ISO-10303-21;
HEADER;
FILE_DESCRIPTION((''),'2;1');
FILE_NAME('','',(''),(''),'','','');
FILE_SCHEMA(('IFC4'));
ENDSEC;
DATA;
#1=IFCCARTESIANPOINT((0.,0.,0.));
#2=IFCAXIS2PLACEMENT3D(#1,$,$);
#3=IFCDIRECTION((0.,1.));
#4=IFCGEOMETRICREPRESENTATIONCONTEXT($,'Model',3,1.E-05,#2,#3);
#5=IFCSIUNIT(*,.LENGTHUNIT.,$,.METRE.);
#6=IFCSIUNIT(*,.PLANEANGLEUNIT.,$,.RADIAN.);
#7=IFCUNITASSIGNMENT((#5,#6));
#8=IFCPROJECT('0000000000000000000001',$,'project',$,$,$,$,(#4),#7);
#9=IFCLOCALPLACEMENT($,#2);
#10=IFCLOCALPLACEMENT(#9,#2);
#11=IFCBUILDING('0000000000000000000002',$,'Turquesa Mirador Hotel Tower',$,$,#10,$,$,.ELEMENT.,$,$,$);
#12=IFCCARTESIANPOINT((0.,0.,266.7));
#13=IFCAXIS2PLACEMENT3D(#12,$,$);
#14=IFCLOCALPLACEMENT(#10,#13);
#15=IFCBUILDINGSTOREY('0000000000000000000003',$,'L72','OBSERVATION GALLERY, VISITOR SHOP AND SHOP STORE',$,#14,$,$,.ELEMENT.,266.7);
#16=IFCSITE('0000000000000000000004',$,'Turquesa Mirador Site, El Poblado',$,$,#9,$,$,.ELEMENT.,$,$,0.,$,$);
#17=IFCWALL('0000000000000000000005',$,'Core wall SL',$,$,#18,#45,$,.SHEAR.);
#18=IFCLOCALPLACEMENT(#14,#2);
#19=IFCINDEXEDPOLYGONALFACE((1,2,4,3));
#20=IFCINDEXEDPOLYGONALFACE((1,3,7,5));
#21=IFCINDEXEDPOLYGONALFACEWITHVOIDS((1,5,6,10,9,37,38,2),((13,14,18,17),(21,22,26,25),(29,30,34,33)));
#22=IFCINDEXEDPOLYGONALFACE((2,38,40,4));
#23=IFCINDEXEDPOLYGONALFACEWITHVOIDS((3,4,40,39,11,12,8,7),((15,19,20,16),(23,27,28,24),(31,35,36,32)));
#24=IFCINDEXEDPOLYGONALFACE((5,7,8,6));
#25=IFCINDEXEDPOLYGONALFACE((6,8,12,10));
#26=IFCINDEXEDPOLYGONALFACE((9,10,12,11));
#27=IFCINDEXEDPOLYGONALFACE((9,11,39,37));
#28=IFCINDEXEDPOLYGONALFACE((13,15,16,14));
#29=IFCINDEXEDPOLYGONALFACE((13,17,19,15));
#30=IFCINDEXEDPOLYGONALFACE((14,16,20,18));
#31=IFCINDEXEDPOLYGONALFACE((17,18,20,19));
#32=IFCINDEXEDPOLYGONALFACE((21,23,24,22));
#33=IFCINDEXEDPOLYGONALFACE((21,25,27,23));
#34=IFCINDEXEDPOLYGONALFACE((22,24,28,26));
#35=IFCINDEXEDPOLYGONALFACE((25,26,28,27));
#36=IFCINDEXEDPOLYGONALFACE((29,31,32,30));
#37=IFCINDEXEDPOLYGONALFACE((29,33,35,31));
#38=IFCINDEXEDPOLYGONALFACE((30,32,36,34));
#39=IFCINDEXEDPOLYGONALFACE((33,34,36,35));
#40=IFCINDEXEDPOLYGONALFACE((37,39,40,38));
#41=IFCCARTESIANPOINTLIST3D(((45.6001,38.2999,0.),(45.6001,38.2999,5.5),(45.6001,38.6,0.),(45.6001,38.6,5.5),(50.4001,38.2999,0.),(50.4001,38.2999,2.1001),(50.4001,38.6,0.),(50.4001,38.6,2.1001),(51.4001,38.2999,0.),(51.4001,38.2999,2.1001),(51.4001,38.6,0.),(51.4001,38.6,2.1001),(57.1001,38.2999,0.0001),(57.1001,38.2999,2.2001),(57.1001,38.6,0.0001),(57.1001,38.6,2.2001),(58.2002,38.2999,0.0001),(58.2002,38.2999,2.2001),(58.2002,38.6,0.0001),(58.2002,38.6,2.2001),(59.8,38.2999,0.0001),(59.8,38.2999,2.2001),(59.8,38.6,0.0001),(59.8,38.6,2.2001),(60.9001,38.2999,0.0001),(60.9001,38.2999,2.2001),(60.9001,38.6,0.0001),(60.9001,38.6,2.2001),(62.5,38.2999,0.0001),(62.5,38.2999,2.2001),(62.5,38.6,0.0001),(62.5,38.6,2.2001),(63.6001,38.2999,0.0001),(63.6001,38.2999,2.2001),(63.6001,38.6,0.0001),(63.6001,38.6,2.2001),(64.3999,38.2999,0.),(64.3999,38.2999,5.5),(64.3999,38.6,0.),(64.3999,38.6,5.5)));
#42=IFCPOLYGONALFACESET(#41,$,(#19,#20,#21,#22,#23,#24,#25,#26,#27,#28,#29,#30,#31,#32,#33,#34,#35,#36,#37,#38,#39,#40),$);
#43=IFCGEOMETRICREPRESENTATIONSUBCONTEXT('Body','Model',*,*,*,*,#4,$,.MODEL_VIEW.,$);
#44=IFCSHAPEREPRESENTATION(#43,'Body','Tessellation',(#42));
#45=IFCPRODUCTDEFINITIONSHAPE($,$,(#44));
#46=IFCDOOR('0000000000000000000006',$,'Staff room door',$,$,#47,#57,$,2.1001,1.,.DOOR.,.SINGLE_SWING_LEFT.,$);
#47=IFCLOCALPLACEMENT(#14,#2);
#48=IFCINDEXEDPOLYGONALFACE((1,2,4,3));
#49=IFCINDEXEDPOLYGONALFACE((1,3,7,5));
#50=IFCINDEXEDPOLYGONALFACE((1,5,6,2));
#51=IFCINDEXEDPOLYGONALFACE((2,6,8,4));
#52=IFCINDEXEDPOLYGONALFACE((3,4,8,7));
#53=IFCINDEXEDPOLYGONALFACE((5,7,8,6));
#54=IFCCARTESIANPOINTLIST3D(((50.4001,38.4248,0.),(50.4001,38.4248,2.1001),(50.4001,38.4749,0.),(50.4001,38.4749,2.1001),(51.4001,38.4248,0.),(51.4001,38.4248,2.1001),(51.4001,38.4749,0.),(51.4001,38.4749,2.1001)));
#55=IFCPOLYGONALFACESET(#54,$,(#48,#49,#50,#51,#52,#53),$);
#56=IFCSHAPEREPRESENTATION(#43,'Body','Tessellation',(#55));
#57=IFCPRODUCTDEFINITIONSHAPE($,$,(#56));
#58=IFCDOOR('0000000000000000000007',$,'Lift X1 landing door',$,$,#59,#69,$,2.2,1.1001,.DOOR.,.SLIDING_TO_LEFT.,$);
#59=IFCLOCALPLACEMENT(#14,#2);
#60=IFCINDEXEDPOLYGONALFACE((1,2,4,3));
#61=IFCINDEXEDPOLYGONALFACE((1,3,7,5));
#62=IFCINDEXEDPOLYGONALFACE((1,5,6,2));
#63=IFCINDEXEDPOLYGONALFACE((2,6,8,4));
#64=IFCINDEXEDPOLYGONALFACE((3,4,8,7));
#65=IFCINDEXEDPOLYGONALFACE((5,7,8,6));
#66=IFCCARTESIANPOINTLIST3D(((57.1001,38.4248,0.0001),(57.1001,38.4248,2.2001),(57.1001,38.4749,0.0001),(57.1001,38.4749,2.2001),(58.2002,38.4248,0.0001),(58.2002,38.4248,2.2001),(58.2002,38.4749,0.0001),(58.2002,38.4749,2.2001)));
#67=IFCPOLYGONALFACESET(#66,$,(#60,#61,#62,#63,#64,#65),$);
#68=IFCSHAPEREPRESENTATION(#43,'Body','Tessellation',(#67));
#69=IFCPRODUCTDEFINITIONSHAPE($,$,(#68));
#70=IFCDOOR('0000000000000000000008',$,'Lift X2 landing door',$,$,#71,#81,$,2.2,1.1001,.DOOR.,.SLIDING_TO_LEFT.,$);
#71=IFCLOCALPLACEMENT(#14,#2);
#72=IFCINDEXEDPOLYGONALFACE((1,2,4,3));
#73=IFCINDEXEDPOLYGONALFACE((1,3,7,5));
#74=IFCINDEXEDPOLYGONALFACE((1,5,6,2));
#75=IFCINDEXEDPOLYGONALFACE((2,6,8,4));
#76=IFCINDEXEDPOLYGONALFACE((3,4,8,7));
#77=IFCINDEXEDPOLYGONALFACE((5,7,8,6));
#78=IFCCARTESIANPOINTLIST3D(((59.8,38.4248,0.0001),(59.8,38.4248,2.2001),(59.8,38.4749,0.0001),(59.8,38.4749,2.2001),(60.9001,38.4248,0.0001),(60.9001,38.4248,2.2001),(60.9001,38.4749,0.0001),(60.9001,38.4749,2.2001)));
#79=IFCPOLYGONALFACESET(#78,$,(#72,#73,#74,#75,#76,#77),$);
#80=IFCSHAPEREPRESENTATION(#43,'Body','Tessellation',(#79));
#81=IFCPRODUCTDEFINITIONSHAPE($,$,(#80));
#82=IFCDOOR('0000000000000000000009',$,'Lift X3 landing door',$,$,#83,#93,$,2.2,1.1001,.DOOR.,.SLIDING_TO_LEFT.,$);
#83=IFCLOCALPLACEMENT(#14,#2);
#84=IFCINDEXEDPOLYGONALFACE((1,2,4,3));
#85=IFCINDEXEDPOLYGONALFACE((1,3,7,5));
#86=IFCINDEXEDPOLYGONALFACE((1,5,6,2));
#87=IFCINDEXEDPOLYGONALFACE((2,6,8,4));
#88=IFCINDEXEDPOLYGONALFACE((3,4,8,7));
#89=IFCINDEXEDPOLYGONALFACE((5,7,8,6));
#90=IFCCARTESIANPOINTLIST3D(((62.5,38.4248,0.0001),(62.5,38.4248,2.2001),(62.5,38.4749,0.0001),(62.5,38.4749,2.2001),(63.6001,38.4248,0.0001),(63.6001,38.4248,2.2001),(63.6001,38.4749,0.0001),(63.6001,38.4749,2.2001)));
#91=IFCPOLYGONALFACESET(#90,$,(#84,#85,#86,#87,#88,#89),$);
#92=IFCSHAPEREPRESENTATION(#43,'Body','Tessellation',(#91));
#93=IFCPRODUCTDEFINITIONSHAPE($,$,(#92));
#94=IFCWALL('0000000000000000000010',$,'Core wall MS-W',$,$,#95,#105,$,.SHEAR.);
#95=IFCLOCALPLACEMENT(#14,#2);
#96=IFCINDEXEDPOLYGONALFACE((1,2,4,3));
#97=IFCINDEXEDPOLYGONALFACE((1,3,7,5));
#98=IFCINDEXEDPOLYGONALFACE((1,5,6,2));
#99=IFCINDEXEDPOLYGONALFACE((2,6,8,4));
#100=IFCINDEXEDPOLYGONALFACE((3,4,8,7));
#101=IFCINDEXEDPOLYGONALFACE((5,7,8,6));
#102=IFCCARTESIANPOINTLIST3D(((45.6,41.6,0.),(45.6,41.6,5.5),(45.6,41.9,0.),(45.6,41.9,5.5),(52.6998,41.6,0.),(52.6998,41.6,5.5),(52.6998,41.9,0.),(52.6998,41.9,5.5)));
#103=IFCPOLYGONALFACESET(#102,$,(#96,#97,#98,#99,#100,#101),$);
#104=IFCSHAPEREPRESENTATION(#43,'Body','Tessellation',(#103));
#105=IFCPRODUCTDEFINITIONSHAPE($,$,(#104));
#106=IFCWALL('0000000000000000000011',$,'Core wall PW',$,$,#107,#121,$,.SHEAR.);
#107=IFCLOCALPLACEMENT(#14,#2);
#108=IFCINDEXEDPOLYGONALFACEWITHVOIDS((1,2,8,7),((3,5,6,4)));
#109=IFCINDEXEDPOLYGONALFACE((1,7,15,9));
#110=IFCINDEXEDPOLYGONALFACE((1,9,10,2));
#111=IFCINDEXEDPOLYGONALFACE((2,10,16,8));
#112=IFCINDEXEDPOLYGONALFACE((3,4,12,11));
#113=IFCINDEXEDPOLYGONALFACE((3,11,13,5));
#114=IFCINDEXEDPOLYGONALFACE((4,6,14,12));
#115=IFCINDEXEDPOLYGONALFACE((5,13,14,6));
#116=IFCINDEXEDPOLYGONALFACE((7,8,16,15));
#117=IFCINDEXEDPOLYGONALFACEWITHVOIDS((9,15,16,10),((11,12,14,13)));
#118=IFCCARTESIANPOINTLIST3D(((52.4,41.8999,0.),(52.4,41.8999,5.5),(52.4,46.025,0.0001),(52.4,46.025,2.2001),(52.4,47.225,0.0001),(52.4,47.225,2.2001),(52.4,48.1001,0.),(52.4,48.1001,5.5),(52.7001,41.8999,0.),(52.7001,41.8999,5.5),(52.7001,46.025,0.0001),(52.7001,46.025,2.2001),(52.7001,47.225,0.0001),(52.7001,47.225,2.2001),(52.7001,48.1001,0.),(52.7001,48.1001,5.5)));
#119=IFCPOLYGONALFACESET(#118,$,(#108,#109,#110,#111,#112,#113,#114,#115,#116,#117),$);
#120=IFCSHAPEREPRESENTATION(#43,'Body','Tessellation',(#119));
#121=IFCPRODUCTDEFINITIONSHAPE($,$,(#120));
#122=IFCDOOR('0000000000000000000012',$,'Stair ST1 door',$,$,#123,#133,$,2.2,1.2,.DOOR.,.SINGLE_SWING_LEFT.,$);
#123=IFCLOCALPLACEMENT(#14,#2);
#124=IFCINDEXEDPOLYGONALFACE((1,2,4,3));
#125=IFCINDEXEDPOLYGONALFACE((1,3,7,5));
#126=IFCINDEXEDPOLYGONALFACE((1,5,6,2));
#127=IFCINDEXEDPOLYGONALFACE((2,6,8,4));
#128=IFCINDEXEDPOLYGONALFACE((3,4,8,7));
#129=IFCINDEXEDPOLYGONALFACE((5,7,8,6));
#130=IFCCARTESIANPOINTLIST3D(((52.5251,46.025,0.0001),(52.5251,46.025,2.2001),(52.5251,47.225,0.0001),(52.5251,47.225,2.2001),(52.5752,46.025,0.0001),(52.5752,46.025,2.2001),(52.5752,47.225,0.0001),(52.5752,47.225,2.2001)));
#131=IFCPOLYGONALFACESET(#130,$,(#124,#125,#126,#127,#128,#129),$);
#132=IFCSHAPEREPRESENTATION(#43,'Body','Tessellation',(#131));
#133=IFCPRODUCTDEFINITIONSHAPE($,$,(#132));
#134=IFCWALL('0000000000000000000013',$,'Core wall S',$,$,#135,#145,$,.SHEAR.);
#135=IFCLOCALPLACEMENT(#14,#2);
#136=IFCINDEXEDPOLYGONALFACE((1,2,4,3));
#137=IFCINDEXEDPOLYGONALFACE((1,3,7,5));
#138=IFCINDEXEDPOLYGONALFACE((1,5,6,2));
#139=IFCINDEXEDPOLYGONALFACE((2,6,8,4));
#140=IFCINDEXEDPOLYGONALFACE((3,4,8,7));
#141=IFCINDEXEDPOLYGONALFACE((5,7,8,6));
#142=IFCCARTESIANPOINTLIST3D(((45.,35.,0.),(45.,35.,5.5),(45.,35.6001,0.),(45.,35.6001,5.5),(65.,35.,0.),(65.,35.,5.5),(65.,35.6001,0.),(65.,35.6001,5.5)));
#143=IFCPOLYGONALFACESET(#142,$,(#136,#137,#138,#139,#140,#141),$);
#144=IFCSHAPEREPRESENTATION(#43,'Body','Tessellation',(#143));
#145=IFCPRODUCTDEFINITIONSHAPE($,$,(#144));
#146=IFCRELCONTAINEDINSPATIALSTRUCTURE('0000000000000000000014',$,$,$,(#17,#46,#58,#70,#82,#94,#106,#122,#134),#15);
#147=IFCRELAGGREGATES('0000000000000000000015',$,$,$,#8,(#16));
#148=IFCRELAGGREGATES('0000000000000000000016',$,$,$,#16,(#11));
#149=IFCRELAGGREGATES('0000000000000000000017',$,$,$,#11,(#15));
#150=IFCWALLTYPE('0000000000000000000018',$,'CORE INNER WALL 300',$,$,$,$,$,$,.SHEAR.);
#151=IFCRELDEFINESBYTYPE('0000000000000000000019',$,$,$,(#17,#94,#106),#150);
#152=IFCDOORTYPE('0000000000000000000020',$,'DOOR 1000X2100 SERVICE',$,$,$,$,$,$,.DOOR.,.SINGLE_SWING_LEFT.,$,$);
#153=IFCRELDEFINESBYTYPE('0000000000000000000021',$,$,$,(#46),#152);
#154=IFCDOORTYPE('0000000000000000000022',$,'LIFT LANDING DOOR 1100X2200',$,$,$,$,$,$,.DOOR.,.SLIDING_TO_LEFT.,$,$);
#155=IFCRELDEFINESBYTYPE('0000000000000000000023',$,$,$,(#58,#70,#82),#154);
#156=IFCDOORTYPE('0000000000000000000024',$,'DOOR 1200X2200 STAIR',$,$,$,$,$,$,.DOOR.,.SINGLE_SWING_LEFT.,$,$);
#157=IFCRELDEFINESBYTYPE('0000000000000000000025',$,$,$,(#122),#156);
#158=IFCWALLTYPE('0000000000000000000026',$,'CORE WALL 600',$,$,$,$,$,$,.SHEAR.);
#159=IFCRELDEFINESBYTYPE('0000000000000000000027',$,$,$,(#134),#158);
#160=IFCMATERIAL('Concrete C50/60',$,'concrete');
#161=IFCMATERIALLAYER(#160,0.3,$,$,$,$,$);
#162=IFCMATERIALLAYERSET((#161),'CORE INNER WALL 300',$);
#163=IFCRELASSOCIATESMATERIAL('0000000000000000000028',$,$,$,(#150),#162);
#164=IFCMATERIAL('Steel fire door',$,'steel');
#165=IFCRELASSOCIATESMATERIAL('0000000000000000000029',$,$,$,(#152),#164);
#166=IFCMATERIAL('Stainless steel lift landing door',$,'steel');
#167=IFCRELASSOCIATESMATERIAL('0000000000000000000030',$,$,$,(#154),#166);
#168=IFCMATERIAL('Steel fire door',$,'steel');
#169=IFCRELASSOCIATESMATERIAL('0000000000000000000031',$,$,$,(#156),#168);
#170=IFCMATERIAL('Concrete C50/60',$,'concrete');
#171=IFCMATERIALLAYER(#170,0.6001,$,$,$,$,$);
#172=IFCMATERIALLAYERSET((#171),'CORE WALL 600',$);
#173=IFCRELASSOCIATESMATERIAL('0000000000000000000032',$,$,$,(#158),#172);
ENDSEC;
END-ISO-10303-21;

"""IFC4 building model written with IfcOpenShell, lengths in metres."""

from ifc_helpers import new_model, si_unit, direction, frame, frame_2d, origin, place, context, subcontext, project, spatial, rectangle, extrude, material, layer, layer_set, type_object, element, fill, save


model = new_model("IFC4")

# Units and contexts
model_context = context("Model", 3, precision=1e-05, world=origin(), true_north=direction((0.0, 1.0)))
body_context = subcontext(model_context, "Body", "Model", "MODEL_VIEW")
ifc_project = project(units=[si_unit("LENGTHUNIT", "METRE"), si_unit("PLANEANGLEUNIT", "RADIAN")], contexts=[model_context])

# Site, building, storey
site_placement = place(None, origin())
site = spatial("IfcSite", under=ifc_project, at=site_placement, Name="Turquesa Mirador Site, El Poblado", CompositionType="ELEMENT", RefElevation=0.0)
building_placement = place(site_placement, origin())
building = spatial("IfcBuilding", under=site, at=building_placement, Name="Turquesa Mirador Hotel Tower", CompositionType="ELEMENT")
storey_placement = place(building_placement, frame((0.0, 0.0, 266.7)))
storey = spatial("IfcBuildingStorey", under=building, at=storey_placement, Name="L72", Description="OBSERVATION GALLERY, VISITOR SHOP AND SHOP STORE", CompositionType="ELEMENT", Elevation=266.7)

# Wall, openings, doors
ifc_material_1 = material(Name="Concrete C50/60", Category="concrete")
ifc_layer_1 = layer(ifc_material_1, 0.3)
ifc_layer_set_1 = layer_set([ifc_layer_1], Name="CORE INNER WALL 300")
wall_type_1 = type_object("IfcWallType", Name="CORE INNER WALL 300", PredefinedType="SHEAR", material=ifc_layer_set_1)
wall_1_placement = place(storey_placement, frame((45.6001, 38.45, 0.0), z_axis=(0.0, 0.0, 1.0), x_axis=(1.0, 0.0, 0.0)))
wall_1 = element("IfcWall", 1, at=wall_1_placement, inside=storey, type_object=wall_type_1, Name="Core wall SL", PredefinedType="SHEAR", context=body_context, shape_type="SweptSolid", body=[
    extrude(rectangle(XDim=18.7998, YDim=0.3, at=frame_2d((9.3999, 0.0))), origin(), (0.0, 0.0, 1.0), 5.5),
])
opening_1_placement = place(wall_1_placement, frame((4.8, 0.0, 0.0)))
opening_1 = element("IfcOpeningElement", 2, at=opening_1_placement, cuts=wall_1, PredefinedType="OPENING", context=body_context, shape_type="SweptSolid", body=[
    extrude(rectangle(XDim=1.0, YDim=2.1001, at=frame_2d((0.5, 1.05))), frame((0.0, 0.1599, 0.0), z_axis=(0.0, -1.0, 0.0), x_axis=(1.0, 0.0, 0.0)), (0.0, 0.0, 1.0), 0.3201),
])
opening_2_placement = place(wall_1_placement, frame((11.5, 0.0, 0.0)))
opening_2 = element("IfcOpeningElement", 3, at=opening_2_placement, cuts=wall_1, PredefinedType="OPENING", context=body_context, shape_type="SweptSolid", body=[
    extrude(rectangle(XDim=1.1001, YDim=2.2, at=frame_2d((0.55, 1.1001))), frame((0.0, 0.1599, 0.0), z_axis=(0.0, -1.0, 0.0), x_axis=(1.0, 0.0, 0.0)), (0.0, 0.0, 1.0), 0.3201),
])
opening_3_placement = place(wall_1_placement, frame((14.2, 0.0, 0.0)))
opening_3 = element("IfcOpeningElement", 4, at=opening_3_placement, cuts=wall_1, PredefinedType="OPENING", context=body_context, shape_type="SweptSolid", body=[
    extrude(rectangle(XDim=1.1001, YDim=2.2, at=frame_2d((0.55, 1.1001))), frame((0.0, 0.1599, 0.0), z_axis=(0.0, -1.0, 0.0), x_axis=(1.0, 0.0, 0.0)), (0.0, 0.0, 1.0), 0.3201),
])
opening_4_placement = place(wall_1_placement, frame((16.8999, 0.0, 0.0)))
opening_4 = element("IfcOpeningElement", 5, at=opening_4_placement, cuts=wall_1, PredefinedType="OPENING", context=body_context, shape_type="SweptSolid", body=[
    extrude(rectangle(XDim=1.1001, YDim=2.2, at=frame_2d((0.55, 1.1001))), frame((0.0, 0.1599, 0.0), z_axis=(0.0, -1.0, 0.0), x_axis=(1.0, 0.0, 0.0)), (0.0, 0.0, 1.0), 0.3201),
])
ifc_material_2 = material(Name="Steel fire door", Category="steel")
door_type_1 = type_object("IfcDoorType", Name="DOOR 1000X2100 SERVICE", OperationType="SINGLE_SWING_LEFT", PredefinedType="DOOR", material=ifc_material_2)
door_1_placement = place(opening_1_placement, origin())
door_1 = element("IfcDoor", 6, at=door_1_placement, inside=storey, type_object=door_type_1, Name="Staff room door", OperationType="SINGLE_SWING_LEFT", OverallHeight=2.1001, OverallWidth=1.0, PredefinedType="DOOR", context=body_context, shape_type="SweptSolid", body=[
    extrude(rectangle(XDim=1.0, YDim=2.1001, at=frame_2d((0.5, 1.05))), frame((0.0, 0.0249, 0.0), z_axis=(0.0, -1.0, 0.0), x_axis=(1.0, 0.0, 0.0)), (0.0, 0.0, 1.0), 0.05),
])
fill(opening_1, door_1)
ifc_material_3 = material(Name="Stainless steel lift landing door", Category="steel")
door_type_2 = type_object("IfcDoorType", Name="LIFT LANDING DOOR 1100X2200", OperationType="SLIDING_TO_LEFT", PredefinedType="DOOR", material=ifc_material_3)
door_2_placement = place(opening_2_placement, origin())
door_2 = element("IfcDoor", 7, at=door_2_placement, inside=storey, type_object=door_type_2, Name="Lift X1 landing door", OperationType="SLIDING_TO_LEFT", OverallHeight=2.2, OverallWidth=1.1001, PredefinedType="DOOR", context=body_context, shape_type="SweptSolid", body=[
    extrude(rectangle(XDim=1.1001, YDim=2.2, at=frame_2d((0.55, 1.1001))), frame((0.0, 0.0249, 0.0), z_axis=(0.0, -1.0, 0.0), x_axis=(1.0, 0.0, 0.0)), (0.0, 0.0, 1.0), 0.05),
])
fill(opening_2, door_2)
door_3_placement = place(opening_3_placement, origin())
door_3 = element("IfcDoor", 8, at=door_3_placement, inside=storey, type_object=door_type_2, Name="Lift X2 landing door", OperationType="SLIDING_TO_LEFT", OverallHeight=2.2, OverallWidth=1.1001, PredefinedType="DOOR", context=body_context, shape_type="SweptSolid", body=[
    extrude(rectangle(XDim=1.1001, YDim=2.2, at=frame_2d((0.55, 1.1001))), frame((0.0, 0.0249, 0.0), z_axis=(0.0, -1.0, 0.0), x_axis=(1.0, 0.0, 0.0)), (0.0, 0.0, 1.0), 0.05),
])
fill(opening_3, door_3)
door_4_placement = place(opening_4_placement, origin())
door_4 = element("IfcDoor", 9, at=door_4_placement, inside=storey, type_object=door_type_2, Name="Lift X3 landing door", OperationType="SLIDING_TO_LEFT", OverallHeight=2.2, OverallWidth=1.1001, PredefinedType="DOOR", context=body_context, shape_type="SweptSolid", body=[
    extrude(rectangle(XDim=1.1001, YDim=2.2, at=frame_2d((0.55, 1.1001))), frame((0.0, 0.0249, 0.0), z_axis=(0.0, -1.0, 0.0), x_axis=(1.0, 0.0, 0.0)), (0.0, 0.0, 1.0), 0.05),
])
fill(opening_4, door_4)

# Wall
wall_2_placement = place(storey_placement, frame((45.6001, 41.75, 0.0), z_axis=(0.0, 0.0, 1.0), x_axis=(1.0, 0.0, 0.0)))
element("IfcWall", 10, at=wall_2_placement, inside=storey, type_object=wall_type_1, Name="Core wall MS-W", PredefinedType="SHEAR", context=body_context, shape_type="SweptSolid", body=[
    extrude(rectangle(XDim=7.0999, YDim=0.3, at=frame_2d((3.5498, 0.0))), origin(), (0.0, 0.0, 1.0), 5.5),
])

# Wall, opening, door
wall_3_placement = place(storey_placement, frame((52.55, 41.8999, 0.0), z_axis=(0.0, 0.0, 1.0), x_axis=(0.0, 1.0, 0.0)))
wall_3 = element("IfcWall", 11, at=wall_3_placement, inside=storey, type_object=wall_type_1, Name="Core wall PW", PredefinedType="SHEAR", context=body_context, shape_type="SweptSolid", body=[
    extrude(rectangle(XDim=6.2002, YDim=0.3, at=frame_2d((3.1001, 0.0))), origin(), (0.0, 0.0, 1.0), 5.5),
])
opening_5_placement = place(wall_3_placement, frame((4.125, 0.0, 0.0)))
opening_5 = element("IfcOpeningElement", 12, at=opening_5_placement, cuts=wall_3, PredefinedType="OPENING", context=body_context, shape_type="SweptSolid", body=[
    extrude(rectangle(XDim=1.2, YDim=2.2, at=frame_2d((0.6001, 1.1001))), frame((0.0, 0.1599, 0.0), z_axis=(0.0, -1.0, 0.0), x_axis=(1.0, 0.0, 0.0)), (0.0, 0.0, 1.0), 0.3201),
])
ifc_material_4 = material(Name="Steel fire door", Category="steel")
door_type_3 = type_object("IfcDoorType", Name="DOOR 1200X2200 STAIR", OperationType="SINGLE_SWING_LEFT", PredefinedType="DOOR", material=ifc_material_4)
door_5_placement = place(opening_5_placement, origin())
door_5 = element("IfcDoor", 13, at=door_5_placement, inside=storey, type_object=door_type_3, Name="Stair ST1 door", OperationType="SINGLE_SWING_LEFT", OverallHeight=2.2, OverallWidth=1.2, PredefinedType="DOOR", context=body_context, shape_type="SweptSolid", body=[
    extrude(rectangle(XDim=1.2, YDim=2.2, at=frame_2d((0.6001, 1.1001))), frame((0.0, 0.0249, 0.0), z_axis=(0.0, -1.0, 0.0), x_axis=(1.0, 0.0, 0.0)), (0.0, 0.0, 1.0), 0.05),
])
fill(opening_5, door_5)

# Wall
ifc_material_5 = material(Name="Concrete C50/60", Category="concrete")
ifc_layer_2 = layer(ifc_material_5, 0.6001)
ifc_layer_set_2 = layer_set([ifc_layer_2], Name="CORE WALL 600")
wall_type_2 = type_object("IfcWallType", Name="CORE WALL 600", PredefinedType="SHEAR", material=ifc_layer_set_2)
wall_4_placement = place(storey_placement, frame((45.0, 35.3, 0.0), z_axis=(0.0, 0.0, 1.0), x_axis=(1.0, 0.0, 0.0)))
element("IfcWall", 14, at=wall_4_placement, inside=storey, type_object=wall_type_2, Name="Core wall S", PredefinedType="SHEAR", context=body_context, shape_type="SweptSolid", body=[
    extrude(rectangle(XDim=20.0, YDim=0.6001, at=frame_2d((10.0, 0.0))), origin(), (0.0, 0.0, 1.0), 5.5),
])

save(model, "model.ifc")
